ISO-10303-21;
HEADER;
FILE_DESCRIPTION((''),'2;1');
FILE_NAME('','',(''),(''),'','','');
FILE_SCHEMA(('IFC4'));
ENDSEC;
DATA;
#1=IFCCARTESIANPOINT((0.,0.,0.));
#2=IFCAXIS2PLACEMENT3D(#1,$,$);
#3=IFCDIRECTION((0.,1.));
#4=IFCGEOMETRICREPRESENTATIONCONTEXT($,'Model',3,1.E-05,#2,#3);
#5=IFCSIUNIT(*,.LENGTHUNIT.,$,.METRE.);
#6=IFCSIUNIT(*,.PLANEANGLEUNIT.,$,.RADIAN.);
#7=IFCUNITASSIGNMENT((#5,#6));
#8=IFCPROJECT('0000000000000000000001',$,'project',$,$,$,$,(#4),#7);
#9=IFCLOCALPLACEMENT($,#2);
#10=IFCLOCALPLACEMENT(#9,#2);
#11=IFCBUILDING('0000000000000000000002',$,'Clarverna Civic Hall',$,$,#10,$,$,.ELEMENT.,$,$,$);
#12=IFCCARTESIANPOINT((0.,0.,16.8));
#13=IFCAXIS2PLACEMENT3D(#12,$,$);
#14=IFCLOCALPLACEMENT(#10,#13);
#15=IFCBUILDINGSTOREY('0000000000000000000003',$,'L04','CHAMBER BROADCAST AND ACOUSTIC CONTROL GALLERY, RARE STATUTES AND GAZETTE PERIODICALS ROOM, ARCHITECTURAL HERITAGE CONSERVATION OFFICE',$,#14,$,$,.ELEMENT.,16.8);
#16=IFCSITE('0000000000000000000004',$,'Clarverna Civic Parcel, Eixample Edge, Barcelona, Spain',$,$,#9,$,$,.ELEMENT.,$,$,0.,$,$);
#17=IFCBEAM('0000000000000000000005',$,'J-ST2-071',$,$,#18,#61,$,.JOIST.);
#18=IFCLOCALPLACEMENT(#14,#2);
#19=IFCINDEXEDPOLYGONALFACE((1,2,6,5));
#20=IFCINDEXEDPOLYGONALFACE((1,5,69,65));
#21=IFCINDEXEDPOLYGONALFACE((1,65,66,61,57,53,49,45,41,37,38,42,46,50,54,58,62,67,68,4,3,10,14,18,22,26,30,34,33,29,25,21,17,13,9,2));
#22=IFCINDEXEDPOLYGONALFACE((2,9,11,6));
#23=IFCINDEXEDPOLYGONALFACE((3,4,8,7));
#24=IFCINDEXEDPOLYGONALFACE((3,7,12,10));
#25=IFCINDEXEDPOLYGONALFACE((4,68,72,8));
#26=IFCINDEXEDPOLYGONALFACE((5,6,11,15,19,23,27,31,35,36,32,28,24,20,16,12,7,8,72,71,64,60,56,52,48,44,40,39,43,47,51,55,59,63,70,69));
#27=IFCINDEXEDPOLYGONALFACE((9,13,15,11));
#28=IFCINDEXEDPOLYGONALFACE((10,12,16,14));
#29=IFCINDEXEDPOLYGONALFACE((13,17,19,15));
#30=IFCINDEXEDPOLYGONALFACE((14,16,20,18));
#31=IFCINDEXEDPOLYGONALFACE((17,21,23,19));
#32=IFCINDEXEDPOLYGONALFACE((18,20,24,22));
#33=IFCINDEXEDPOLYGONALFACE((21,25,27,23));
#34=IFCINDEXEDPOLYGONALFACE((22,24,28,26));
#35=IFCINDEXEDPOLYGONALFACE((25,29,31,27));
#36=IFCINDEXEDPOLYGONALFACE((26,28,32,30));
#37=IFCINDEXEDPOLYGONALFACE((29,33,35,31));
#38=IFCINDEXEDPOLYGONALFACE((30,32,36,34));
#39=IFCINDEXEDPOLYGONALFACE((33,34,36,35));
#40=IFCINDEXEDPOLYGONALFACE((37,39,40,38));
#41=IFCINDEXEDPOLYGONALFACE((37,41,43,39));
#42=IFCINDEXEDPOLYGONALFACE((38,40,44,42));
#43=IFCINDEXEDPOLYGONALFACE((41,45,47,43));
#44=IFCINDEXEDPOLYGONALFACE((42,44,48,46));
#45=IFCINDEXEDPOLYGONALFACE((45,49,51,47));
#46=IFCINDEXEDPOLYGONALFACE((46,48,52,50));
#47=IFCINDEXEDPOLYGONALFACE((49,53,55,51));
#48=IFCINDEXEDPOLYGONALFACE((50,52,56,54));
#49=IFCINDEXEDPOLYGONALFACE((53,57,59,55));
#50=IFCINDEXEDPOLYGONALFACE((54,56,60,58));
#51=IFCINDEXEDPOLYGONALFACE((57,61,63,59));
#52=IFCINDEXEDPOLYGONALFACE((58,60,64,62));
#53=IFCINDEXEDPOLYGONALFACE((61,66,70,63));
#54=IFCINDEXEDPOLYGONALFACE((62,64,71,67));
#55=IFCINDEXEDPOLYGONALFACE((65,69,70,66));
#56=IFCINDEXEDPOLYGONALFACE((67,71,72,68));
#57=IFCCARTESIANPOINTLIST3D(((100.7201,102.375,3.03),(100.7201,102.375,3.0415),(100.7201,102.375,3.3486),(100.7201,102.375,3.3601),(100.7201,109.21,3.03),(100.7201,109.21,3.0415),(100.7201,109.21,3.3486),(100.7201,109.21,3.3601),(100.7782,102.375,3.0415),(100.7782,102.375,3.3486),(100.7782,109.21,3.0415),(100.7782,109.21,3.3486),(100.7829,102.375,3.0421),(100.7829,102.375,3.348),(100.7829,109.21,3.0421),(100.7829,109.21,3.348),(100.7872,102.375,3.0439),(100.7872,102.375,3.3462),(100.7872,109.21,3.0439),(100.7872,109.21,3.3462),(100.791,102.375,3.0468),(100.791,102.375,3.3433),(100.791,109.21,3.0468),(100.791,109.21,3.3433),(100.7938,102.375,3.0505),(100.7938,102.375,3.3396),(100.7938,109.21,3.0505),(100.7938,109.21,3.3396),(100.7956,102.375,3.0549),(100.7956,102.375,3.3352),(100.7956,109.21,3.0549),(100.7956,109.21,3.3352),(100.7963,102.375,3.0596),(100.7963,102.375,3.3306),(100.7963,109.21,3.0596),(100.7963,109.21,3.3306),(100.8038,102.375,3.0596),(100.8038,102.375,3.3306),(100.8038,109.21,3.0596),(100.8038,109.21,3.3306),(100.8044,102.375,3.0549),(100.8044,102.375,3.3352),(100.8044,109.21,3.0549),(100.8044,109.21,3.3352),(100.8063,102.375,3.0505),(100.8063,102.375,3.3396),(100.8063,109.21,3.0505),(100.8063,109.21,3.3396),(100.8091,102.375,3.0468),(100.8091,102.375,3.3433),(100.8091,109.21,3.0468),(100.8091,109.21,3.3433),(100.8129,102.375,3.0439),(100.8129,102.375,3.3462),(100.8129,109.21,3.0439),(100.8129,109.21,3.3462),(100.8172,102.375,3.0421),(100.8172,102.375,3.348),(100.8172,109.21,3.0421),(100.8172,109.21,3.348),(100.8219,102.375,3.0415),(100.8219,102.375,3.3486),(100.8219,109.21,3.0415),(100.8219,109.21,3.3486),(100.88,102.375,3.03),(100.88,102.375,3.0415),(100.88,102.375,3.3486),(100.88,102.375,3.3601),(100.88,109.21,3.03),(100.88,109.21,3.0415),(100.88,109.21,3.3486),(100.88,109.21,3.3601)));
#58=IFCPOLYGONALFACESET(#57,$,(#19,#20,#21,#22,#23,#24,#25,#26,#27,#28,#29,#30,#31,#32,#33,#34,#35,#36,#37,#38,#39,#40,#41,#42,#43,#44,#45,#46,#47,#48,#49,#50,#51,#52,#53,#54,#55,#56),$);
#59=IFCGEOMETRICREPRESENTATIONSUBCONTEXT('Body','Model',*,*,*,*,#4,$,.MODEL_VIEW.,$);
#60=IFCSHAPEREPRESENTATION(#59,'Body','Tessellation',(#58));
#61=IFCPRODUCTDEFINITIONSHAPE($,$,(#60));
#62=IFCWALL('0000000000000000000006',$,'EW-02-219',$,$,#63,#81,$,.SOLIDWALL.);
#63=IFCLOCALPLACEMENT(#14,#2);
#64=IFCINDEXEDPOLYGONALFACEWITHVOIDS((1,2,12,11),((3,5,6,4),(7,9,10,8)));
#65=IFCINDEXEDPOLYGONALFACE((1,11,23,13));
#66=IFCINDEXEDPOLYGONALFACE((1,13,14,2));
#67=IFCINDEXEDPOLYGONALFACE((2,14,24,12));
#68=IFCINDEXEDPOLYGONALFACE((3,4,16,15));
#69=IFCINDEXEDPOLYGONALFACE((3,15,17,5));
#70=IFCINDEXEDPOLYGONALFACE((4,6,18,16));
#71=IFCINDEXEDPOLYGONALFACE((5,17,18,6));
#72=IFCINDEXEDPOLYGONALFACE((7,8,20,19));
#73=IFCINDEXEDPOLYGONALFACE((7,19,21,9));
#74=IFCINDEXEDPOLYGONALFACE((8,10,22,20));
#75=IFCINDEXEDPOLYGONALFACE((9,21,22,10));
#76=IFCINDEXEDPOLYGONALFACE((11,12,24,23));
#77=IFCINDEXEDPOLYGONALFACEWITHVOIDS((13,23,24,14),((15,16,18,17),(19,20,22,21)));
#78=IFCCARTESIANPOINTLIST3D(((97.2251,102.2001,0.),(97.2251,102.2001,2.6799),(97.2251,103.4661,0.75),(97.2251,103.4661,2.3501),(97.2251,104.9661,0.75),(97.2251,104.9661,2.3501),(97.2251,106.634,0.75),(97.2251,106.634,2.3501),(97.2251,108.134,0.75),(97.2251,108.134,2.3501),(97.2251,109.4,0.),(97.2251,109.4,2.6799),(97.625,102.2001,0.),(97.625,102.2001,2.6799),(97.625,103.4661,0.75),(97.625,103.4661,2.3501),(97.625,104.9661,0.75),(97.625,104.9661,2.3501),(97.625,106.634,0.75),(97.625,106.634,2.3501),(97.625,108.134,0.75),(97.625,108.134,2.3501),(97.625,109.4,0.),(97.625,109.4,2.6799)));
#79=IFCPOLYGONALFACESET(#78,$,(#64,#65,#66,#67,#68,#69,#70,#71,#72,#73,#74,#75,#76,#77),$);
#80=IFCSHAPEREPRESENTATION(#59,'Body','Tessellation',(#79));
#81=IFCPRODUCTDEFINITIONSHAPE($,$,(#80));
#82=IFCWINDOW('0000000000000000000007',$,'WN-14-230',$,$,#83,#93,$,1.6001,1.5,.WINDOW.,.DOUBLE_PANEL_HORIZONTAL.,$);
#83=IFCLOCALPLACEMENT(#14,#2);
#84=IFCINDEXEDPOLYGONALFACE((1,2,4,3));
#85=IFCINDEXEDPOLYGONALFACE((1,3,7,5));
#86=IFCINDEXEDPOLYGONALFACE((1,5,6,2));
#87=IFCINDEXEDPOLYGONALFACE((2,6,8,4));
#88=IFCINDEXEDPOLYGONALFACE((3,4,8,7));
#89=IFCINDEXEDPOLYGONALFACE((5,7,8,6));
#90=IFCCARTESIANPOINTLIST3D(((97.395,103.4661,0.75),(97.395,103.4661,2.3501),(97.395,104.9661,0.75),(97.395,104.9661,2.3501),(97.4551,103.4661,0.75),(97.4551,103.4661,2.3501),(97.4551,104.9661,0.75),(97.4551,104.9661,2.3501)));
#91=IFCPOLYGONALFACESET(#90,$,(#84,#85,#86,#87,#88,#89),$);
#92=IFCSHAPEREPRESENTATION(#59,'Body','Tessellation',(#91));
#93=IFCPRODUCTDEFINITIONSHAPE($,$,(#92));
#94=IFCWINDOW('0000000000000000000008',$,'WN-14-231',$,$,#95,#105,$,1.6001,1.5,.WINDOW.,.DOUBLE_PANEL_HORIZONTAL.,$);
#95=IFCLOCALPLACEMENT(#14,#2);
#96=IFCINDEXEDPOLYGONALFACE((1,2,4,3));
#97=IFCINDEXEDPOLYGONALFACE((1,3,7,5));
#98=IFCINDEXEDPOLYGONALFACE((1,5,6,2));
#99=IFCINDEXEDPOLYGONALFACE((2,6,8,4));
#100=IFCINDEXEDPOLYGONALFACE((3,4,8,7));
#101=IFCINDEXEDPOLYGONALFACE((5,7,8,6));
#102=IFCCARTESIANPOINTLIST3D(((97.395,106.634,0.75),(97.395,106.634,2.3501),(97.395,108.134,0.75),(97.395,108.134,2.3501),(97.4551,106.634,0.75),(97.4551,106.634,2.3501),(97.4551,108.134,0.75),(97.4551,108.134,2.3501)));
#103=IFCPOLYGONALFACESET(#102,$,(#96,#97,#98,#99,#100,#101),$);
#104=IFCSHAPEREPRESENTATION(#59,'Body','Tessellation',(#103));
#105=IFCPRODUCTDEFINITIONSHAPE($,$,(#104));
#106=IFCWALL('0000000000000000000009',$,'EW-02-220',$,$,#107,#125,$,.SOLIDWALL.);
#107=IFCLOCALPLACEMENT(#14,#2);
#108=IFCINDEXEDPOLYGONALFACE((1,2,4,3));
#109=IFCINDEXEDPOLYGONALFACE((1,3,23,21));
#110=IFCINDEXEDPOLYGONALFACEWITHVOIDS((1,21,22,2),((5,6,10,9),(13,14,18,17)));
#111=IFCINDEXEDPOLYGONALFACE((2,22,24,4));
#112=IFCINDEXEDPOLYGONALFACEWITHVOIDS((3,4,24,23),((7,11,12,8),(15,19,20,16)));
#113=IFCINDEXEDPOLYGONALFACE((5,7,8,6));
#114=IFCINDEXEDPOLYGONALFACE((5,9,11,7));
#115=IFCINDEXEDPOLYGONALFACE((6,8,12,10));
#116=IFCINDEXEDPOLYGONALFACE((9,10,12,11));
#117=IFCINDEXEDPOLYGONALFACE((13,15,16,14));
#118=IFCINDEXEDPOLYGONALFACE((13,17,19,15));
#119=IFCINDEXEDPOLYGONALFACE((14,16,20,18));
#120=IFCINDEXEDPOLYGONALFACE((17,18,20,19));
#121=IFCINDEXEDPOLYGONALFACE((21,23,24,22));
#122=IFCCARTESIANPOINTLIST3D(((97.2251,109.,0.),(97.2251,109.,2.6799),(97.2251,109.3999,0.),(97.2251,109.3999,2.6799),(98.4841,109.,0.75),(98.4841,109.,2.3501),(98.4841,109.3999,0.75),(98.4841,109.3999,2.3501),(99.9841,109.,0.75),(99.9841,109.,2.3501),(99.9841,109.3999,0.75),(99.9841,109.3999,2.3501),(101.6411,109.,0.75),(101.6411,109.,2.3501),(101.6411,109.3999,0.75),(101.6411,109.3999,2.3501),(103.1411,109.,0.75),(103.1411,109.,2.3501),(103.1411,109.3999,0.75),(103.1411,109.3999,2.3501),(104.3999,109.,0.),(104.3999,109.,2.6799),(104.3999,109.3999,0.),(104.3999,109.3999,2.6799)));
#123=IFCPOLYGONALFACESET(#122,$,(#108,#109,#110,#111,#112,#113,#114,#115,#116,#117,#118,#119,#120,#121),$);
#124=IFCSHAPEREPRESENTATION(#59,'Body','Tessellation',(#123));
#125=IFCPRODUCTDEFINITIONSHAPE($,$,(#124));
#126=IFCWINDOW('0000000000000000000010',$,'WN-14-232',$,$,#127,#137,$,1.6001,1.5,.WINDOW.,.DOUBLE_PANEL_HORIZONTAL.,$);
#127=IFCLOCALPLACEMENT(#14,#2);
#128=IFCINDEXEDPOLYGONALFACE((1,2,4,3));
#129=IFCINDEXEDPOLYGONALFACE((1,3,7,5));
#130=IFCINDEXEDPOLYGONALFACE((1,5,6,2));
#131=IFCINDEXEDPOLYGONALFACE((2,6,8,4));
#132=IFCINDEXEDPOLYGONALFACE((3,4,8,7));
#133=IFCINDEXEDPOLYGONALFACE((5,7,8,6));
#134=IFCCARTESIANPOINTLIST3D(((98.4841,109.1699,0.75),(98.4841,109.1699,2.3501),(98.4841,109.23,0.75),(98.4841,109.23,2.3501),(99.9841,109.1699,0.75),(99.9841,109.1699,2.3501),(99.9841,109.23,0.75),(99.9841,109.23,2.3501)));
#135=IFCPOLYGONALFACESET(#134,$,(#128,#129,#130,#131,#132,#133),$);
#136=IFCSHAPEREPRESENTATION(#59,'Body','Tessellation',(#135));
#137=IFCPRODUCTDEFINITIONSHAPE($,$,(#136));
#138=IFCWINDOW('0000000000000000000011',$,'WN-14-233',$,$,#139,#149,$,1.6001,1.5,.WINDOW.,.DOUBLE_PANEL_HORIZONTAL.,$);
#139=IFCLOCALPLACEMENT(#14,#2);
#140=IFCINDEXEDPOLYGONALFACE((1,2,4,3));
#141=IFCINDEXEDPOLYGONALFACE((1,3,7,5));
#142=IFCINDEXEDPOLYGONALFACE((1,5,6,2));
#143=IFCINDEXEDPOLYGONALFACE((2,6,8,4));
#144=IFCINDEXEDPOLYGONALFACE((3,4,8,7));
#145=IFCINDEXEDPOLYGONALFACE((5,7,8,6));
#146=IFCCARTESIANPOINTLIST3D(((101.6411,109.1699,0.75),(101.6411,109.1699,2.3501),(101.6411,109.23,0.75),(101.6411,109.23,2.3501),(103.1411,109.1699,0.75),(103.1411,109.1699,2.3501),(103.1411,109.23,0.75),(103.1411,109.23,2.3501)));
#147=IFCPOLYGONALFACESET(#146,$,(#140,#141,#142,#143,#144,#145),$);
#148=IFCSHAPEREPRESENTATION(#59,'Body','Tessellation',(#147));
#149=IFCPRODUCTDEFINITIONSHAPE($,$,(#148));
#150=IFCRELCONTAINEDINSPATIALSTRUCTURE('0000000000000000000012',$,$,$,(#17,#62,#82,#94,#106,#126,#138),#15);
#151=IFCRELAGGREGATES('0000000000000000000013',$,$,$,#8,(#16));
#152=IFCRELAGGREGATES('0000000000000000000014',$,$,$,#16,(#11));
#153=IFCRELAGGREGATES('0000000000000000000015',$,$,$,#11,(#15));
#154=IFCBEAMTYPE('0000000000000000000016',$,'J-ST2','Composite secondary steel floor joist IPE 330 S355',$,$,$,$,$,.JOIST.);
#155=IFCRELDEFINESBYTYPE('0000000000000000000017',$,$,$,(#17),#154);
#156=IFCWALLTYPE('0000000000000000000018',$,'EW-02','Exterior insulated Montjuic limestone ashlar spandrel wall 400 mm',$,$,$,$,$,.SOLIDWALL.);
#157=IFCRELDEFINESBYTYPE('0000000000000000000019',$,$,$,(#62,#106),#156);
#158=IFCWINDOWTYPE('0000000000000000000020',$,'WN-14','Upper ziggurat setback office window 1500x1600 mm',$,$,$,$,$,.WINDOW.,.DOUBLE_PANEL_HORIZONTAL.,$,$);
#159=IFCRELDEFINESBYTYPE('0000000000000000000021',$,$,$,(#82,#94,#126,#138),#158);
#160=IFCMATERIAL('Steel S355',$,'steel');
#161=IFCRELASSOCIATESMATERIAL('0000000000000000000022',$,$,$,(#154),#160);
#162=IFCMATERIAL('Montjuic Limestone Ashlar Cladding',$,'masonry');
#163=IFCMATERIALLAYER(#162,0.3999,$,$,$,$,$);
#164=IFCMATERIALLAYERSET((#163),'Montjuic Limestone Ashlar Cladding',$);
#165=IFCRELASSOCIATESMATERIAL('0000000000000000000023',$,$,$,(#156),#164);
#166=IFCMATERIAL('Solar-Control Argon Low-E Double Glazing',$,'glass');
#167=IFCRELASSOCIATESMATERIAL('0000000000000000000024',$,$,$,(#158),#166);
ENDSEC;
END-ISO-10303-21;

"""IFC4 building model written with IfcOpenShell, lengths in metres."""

from ifc_helpers import new_model, si_unit, direction, frame, frame_2d, origin, origin_2d, place, context, subcontext, project, spatial, rectangle, i_section, extrude, material, layer, layer_set, material_profile, profile_set, type_object, element, fill, save


model = new_model("IFC4")

# Units and contexts
model_context = context("Model", 3, precision=1e-05, world=origin(), true_north=direction((0.0, 1.0)))
body_context = subcontext(model_context, "Body", "Model", "MODEL_VIEW")
ifc_project = project(units=[si_unit("LENGTHUNIT", "METRE"), si_unit("PLANEANGLEUNIT", "RADIAN")], contexts=[model_context])

# Site, building, storey
site_placement = place(None, origin())
site = spatial("IfcSite", under=ifc_project, at=site_placement, Name="Clarverna Civic Parcel, Eixample Edge, Barcelona, Spain", CompositionType="ELEMENT", RefElevation=0.0)
building_placement = place(site_placement, origin())
building = spatial("IfcBuilding", under=site, at=building_placement, Name="Clarverna Civic Hall", CompositionType="ELEMENT")
storey_placement = place(building_placement, frame((0.0, 0.0, 16.8)))
storey = spatial("IfcBuildingStorey", under=building, at=storey_placement, Name="L04", Description="CHAMBER BROADCAST AND ACOUSTIC CONTROL GALLERY, RARE STATUTES AND GAZETTE PERIODICALS ROOM, ARCHITECTURAL HERITAGE CONSERVATION OFFICE", CompositionType="ELEMENT", Elevation=16.8)

# Beam
ifc_material_1 = material(Name="Steel S355", Category="steel")
ifc_material_profile_1 = material_profile(ifc_material_1, i_section(OverallWidth=0.1599, OverallDepth=0.3301, WebThickness=0.0076, FlangeThickness=0.0115, FilletRadius=0.0181, at=origin_2d()), Name="IPE 330")
ifc_profile_set_1 = profile_set([ifc_material_profile_1], Name="Steel S355")
beam_type_1 = type_object("IfcBeamType", Name="J-ST2", Description="Composite secondary steel floor joist IPE 330 S355", PredefinedType="JOIST", material=ifc_profile_set_1)
beam_1_placement = place(storey_placement, frame((100.8, 102.375, 3.1951), z_axis=(0.0, 1.0, 0.0), x_axis=(-1.0, 0.0, 0.0)))
element("IfcBeam", 1, at=beam_1_placement, inside=storey, type_object=beam_type_1, Name="J-ST2-071", PredefinedType="JOIST", context=body_context, shape_type="SweptSolid", body=[
    extrude(i_section(OverallWidth=0.1599, OverallDepth=0.3301, WebThickness=0.0076, FlangeThickness=0.0115, FilletRadius=0.0181, at=origin_2d()), origin(), (0.0, 0.0, 1.0), 6.835),
])

# Walls, openings, windows
ifc_material_2 = material(Name="Montjuic Limestone Ashlar Cladding", Category="masonry")
ifc_layer_1 = layer(ifc_material_2, 0.3999)
ifc_layer_set_1 = layer_set([ifc_layer_1], Name="Montjuic Limestone Ashlar Cladding")
wall_type = type_object("IfcWallType", Name="EW-02", Description="Exterior insulated Montjuic limestone ashlar spandrel wall 400 mm", PredefinedType="SOLIDWALL", material=ifc_layer_set_1)
wall_1_placement = place(storey_placement, frame((97.425, 102.2, 0.0), z_axis=(0.0, 0.0, 1.0), x_axis=(0.0, 1.0, 0.0)))
wall_1 = element("IfcWall", 2, at=wall_1_placement, inside=storey, type_object=wall_type, Name="EW-02-219", PredefinedType="SOLIDWALL", context=body_context, shape_type="SweptSolid", body=[
    extrude(rectangle(XDim=7.2, YDim=0.3999, at=frame_2d((3.6001, 0.0))), origin(), (0.0, 0.0, 1.0), 2.6799),
])
opening_1_placement = place(wall_1_placement, frame((1.2661, 0.0, 0.75)))
opening_1 = element("IfcOpeningElement", 3, at=opening_1_placement, cuts=wall_1, PredefinedType="OPENING", context=body_context, shape_type="SweptSolid", body=[
    extrude(rectangle(XDim=1.5, YDim=1.6001, at=frame_2d((0.75, 0.8))), frame((0.0, 0.21, 0.0), z_axis=(0.0, -1.0, 0.0), x_axis=(1.0, 0.0, 0.0)), (0.0, 0.0, 1.0), 0.4199),
])
opening_2_placement = place(wall_1_placement, frame((4.4341, 0.0, 0.75)))
opening_2 = element("IfcOpeningElement", 4, at=opening_2_placement, cuts=wall_1, PredefinedType="OPENING", context=body_context, shape_type="SweptSolid", body=[
    extrude(rectangle(XDim=1.5, YDim=1.6001, at=frame_2d((0.75, 0.8))), frame((0.0, 0.21, 0.0), z_axis=(0.0, -1.0, 0.0), x_axis=(1.0, 0.0, 0.0)), (0.0, 0.0, 1.0), 0.4199),
])
ifc_material_3 = material(Name="Solar-Control Argon Low-E Double Glazing", Category="glass")
window_type = type_object("IfcWindowType", Name="WN-14", Description="Upper ziggurat setback office window 1500x1600 mm", PartitioningType="DOUBLE_PANEL_HORIZONTAL", PredefinedType="WINDOW", material=ifc_material_3)
window_1_placement = place(opening_1_placement, origin())
window_1 = element("IfcWindow", 5, at=window_1_placement, inside=storey, type_object=window_type, Name="WN-14-230", OverallHeight=1.6001, OverallWidth=1.5, PartitioningType="DOUBLE_PANEL_HORIZONTAL", PredefinedType="WINDOW", context=body_context, shape_type="SweptSolid", body=[
    extrude(rectangle(XDim=1.5, YDim=1.6001, at=frame_2d((0.75, 0.8))), frame((0.0, 0.03, 0.0), z_axis=(0.0, -1.0, 0.0), x_axis=(1.0, 0.0, 0.0)), (0.0, 0.0, 1.0), 0.0601),
])
fill(opening_1, window_1)
window_2_placement = place(opening_2_placement, origin())
window_2 = element("IfcWindow", 6, at=window_2_placement, inside=storey, type_object=window_type, Name="WN-14-231", OverallHeight=1.6001, OverallWidth=1.5, PartitioningType="DOUBLE_PANEL_HORIZONTAL", PredefinedType="WINDOW", context=body_context, shape_type="SweptSolid", body=[
    extrude(rectangle(XDim=1.5, YDim=1.6001, at=frame_2d((0.75, 0.8))), frame((0.0, 0.03, 0.0), z_axis=(0.0, -1.0, 0.0), x_axis=(1.0, 0.0, 0.0)), (0.0, 0.0, 1.0), 0.0601),
])
fill(opening_2, window_2)
wall_2_placement = place(storey_placement, frame((97.2251, 109.2, 0.0), z_axis=(0.0, 0.0, 1.0), x_axis=(1.0, 0.0, 0.0)))
wall_2 = element("IfcWall", 7, at=wall_2_placement, inside=storey, type_object=wall_type, Name="EW-02-220", PredefinedType="SOLIDWALL", context=body_context, shape_type="SweptSolid", body=[
    extrude(rectangle(XDim=7.1748, YDim=0.3999, at=frame_2d((3.5874, 0.0))), origin(), (0.0, 0.0, 1.0), 2.6799),
])
opening_3_placement = place(wall_2_placement, frame((1.259, 0.0, 0.75)))
opening_3 = element("IfcOpeningElement", 8, at=opening_3_placement, cuts=wall_2, PredefinedType="OPENING", context=body_context, shape_type="SweptSolid", body=[
    extrude(rectangle(XDim=1.5, YDim=1.6001, at=frame_2d((0.75, 0.8))), frame((0.0, 0.21, 0.0), z_axis=(0.0, -1.0, 0.0), x_axis=(1.0, 0.0, 0.0)), (0.0, 0.0, 1.0), 0.4199),
])
opening_4_placement = place(wall_2_placement, frame((4.416, 0.0, 0.75)))
opening_4 = element("IfcOpeningElement", 9, at=opening_4_placement, cuts=wall_2, PredefinedType="OPENING", context=body_context, shape_type="SweptSolid", body=[
    extrude(rectangle(XDim=1.5, YDim=1.6001, at=frame_2d((0.75, 0.8))), frame((0.0, 0.21, 0.0), z_axis=(0.0, -1.0, 0.0), x_axis=(1.0, 0.0, 0.0)), (0.0, 0.0, 1.0), 0.4199),
])
window_3_placement = place(opening_3_placement, origin())
window_3 = element("IfcWindow", 10, at=window_3_placement, inside=storey, type_object=window_type, Name="WN-14-232", OverallHeight=1.6001, OverallWidth=1.5, PartitioningType="DOUBLE_PANEL_HORIZONTAL", PredefinedType="WINDOW", context=body_context, shape_type="SweptSolid", body=[
    extrude(rectangle(XDim=1.5, YDim=1.6001, at=frame_2d((0.75, 0.8))), frame((0.0, 0.03, 0.0), z_axis=(0.0, -1.0, 0.0), x_axis=(1.0, 0.0, 0.0)), (0.0, 0.0, 1.0), 0.0601),
])
fill(opening_3, window_3)
window_4_placement = place(opening_4_placement, origin())
window_4 = element("IfcWindow", 11, at=window_4_placement, inside=storey, type_object=window_type, Name="WN-14-233", OverallHeight=1.6001, OverallWidth=1.5, PartitioningType="DOUBLE_PANEL_HORIZONTAL", PredefinedType="WINDOW", context=body_context, shape_type="SweptSolid", body=[
    extrude(rectangle(XDim=1.5, YDim=1.6001, at=frame_2d((0.75, 0.8))), frame((0.0, 0.03, 0.0), z_axis=(0.0, -1.0, 0.0), x_axis=(1.0, 0.0, 0.0)), (0.0, 0.0, 1.0), 0.0601),
])
fill(opening_4, window_4)

save(model, "model.ifc")
